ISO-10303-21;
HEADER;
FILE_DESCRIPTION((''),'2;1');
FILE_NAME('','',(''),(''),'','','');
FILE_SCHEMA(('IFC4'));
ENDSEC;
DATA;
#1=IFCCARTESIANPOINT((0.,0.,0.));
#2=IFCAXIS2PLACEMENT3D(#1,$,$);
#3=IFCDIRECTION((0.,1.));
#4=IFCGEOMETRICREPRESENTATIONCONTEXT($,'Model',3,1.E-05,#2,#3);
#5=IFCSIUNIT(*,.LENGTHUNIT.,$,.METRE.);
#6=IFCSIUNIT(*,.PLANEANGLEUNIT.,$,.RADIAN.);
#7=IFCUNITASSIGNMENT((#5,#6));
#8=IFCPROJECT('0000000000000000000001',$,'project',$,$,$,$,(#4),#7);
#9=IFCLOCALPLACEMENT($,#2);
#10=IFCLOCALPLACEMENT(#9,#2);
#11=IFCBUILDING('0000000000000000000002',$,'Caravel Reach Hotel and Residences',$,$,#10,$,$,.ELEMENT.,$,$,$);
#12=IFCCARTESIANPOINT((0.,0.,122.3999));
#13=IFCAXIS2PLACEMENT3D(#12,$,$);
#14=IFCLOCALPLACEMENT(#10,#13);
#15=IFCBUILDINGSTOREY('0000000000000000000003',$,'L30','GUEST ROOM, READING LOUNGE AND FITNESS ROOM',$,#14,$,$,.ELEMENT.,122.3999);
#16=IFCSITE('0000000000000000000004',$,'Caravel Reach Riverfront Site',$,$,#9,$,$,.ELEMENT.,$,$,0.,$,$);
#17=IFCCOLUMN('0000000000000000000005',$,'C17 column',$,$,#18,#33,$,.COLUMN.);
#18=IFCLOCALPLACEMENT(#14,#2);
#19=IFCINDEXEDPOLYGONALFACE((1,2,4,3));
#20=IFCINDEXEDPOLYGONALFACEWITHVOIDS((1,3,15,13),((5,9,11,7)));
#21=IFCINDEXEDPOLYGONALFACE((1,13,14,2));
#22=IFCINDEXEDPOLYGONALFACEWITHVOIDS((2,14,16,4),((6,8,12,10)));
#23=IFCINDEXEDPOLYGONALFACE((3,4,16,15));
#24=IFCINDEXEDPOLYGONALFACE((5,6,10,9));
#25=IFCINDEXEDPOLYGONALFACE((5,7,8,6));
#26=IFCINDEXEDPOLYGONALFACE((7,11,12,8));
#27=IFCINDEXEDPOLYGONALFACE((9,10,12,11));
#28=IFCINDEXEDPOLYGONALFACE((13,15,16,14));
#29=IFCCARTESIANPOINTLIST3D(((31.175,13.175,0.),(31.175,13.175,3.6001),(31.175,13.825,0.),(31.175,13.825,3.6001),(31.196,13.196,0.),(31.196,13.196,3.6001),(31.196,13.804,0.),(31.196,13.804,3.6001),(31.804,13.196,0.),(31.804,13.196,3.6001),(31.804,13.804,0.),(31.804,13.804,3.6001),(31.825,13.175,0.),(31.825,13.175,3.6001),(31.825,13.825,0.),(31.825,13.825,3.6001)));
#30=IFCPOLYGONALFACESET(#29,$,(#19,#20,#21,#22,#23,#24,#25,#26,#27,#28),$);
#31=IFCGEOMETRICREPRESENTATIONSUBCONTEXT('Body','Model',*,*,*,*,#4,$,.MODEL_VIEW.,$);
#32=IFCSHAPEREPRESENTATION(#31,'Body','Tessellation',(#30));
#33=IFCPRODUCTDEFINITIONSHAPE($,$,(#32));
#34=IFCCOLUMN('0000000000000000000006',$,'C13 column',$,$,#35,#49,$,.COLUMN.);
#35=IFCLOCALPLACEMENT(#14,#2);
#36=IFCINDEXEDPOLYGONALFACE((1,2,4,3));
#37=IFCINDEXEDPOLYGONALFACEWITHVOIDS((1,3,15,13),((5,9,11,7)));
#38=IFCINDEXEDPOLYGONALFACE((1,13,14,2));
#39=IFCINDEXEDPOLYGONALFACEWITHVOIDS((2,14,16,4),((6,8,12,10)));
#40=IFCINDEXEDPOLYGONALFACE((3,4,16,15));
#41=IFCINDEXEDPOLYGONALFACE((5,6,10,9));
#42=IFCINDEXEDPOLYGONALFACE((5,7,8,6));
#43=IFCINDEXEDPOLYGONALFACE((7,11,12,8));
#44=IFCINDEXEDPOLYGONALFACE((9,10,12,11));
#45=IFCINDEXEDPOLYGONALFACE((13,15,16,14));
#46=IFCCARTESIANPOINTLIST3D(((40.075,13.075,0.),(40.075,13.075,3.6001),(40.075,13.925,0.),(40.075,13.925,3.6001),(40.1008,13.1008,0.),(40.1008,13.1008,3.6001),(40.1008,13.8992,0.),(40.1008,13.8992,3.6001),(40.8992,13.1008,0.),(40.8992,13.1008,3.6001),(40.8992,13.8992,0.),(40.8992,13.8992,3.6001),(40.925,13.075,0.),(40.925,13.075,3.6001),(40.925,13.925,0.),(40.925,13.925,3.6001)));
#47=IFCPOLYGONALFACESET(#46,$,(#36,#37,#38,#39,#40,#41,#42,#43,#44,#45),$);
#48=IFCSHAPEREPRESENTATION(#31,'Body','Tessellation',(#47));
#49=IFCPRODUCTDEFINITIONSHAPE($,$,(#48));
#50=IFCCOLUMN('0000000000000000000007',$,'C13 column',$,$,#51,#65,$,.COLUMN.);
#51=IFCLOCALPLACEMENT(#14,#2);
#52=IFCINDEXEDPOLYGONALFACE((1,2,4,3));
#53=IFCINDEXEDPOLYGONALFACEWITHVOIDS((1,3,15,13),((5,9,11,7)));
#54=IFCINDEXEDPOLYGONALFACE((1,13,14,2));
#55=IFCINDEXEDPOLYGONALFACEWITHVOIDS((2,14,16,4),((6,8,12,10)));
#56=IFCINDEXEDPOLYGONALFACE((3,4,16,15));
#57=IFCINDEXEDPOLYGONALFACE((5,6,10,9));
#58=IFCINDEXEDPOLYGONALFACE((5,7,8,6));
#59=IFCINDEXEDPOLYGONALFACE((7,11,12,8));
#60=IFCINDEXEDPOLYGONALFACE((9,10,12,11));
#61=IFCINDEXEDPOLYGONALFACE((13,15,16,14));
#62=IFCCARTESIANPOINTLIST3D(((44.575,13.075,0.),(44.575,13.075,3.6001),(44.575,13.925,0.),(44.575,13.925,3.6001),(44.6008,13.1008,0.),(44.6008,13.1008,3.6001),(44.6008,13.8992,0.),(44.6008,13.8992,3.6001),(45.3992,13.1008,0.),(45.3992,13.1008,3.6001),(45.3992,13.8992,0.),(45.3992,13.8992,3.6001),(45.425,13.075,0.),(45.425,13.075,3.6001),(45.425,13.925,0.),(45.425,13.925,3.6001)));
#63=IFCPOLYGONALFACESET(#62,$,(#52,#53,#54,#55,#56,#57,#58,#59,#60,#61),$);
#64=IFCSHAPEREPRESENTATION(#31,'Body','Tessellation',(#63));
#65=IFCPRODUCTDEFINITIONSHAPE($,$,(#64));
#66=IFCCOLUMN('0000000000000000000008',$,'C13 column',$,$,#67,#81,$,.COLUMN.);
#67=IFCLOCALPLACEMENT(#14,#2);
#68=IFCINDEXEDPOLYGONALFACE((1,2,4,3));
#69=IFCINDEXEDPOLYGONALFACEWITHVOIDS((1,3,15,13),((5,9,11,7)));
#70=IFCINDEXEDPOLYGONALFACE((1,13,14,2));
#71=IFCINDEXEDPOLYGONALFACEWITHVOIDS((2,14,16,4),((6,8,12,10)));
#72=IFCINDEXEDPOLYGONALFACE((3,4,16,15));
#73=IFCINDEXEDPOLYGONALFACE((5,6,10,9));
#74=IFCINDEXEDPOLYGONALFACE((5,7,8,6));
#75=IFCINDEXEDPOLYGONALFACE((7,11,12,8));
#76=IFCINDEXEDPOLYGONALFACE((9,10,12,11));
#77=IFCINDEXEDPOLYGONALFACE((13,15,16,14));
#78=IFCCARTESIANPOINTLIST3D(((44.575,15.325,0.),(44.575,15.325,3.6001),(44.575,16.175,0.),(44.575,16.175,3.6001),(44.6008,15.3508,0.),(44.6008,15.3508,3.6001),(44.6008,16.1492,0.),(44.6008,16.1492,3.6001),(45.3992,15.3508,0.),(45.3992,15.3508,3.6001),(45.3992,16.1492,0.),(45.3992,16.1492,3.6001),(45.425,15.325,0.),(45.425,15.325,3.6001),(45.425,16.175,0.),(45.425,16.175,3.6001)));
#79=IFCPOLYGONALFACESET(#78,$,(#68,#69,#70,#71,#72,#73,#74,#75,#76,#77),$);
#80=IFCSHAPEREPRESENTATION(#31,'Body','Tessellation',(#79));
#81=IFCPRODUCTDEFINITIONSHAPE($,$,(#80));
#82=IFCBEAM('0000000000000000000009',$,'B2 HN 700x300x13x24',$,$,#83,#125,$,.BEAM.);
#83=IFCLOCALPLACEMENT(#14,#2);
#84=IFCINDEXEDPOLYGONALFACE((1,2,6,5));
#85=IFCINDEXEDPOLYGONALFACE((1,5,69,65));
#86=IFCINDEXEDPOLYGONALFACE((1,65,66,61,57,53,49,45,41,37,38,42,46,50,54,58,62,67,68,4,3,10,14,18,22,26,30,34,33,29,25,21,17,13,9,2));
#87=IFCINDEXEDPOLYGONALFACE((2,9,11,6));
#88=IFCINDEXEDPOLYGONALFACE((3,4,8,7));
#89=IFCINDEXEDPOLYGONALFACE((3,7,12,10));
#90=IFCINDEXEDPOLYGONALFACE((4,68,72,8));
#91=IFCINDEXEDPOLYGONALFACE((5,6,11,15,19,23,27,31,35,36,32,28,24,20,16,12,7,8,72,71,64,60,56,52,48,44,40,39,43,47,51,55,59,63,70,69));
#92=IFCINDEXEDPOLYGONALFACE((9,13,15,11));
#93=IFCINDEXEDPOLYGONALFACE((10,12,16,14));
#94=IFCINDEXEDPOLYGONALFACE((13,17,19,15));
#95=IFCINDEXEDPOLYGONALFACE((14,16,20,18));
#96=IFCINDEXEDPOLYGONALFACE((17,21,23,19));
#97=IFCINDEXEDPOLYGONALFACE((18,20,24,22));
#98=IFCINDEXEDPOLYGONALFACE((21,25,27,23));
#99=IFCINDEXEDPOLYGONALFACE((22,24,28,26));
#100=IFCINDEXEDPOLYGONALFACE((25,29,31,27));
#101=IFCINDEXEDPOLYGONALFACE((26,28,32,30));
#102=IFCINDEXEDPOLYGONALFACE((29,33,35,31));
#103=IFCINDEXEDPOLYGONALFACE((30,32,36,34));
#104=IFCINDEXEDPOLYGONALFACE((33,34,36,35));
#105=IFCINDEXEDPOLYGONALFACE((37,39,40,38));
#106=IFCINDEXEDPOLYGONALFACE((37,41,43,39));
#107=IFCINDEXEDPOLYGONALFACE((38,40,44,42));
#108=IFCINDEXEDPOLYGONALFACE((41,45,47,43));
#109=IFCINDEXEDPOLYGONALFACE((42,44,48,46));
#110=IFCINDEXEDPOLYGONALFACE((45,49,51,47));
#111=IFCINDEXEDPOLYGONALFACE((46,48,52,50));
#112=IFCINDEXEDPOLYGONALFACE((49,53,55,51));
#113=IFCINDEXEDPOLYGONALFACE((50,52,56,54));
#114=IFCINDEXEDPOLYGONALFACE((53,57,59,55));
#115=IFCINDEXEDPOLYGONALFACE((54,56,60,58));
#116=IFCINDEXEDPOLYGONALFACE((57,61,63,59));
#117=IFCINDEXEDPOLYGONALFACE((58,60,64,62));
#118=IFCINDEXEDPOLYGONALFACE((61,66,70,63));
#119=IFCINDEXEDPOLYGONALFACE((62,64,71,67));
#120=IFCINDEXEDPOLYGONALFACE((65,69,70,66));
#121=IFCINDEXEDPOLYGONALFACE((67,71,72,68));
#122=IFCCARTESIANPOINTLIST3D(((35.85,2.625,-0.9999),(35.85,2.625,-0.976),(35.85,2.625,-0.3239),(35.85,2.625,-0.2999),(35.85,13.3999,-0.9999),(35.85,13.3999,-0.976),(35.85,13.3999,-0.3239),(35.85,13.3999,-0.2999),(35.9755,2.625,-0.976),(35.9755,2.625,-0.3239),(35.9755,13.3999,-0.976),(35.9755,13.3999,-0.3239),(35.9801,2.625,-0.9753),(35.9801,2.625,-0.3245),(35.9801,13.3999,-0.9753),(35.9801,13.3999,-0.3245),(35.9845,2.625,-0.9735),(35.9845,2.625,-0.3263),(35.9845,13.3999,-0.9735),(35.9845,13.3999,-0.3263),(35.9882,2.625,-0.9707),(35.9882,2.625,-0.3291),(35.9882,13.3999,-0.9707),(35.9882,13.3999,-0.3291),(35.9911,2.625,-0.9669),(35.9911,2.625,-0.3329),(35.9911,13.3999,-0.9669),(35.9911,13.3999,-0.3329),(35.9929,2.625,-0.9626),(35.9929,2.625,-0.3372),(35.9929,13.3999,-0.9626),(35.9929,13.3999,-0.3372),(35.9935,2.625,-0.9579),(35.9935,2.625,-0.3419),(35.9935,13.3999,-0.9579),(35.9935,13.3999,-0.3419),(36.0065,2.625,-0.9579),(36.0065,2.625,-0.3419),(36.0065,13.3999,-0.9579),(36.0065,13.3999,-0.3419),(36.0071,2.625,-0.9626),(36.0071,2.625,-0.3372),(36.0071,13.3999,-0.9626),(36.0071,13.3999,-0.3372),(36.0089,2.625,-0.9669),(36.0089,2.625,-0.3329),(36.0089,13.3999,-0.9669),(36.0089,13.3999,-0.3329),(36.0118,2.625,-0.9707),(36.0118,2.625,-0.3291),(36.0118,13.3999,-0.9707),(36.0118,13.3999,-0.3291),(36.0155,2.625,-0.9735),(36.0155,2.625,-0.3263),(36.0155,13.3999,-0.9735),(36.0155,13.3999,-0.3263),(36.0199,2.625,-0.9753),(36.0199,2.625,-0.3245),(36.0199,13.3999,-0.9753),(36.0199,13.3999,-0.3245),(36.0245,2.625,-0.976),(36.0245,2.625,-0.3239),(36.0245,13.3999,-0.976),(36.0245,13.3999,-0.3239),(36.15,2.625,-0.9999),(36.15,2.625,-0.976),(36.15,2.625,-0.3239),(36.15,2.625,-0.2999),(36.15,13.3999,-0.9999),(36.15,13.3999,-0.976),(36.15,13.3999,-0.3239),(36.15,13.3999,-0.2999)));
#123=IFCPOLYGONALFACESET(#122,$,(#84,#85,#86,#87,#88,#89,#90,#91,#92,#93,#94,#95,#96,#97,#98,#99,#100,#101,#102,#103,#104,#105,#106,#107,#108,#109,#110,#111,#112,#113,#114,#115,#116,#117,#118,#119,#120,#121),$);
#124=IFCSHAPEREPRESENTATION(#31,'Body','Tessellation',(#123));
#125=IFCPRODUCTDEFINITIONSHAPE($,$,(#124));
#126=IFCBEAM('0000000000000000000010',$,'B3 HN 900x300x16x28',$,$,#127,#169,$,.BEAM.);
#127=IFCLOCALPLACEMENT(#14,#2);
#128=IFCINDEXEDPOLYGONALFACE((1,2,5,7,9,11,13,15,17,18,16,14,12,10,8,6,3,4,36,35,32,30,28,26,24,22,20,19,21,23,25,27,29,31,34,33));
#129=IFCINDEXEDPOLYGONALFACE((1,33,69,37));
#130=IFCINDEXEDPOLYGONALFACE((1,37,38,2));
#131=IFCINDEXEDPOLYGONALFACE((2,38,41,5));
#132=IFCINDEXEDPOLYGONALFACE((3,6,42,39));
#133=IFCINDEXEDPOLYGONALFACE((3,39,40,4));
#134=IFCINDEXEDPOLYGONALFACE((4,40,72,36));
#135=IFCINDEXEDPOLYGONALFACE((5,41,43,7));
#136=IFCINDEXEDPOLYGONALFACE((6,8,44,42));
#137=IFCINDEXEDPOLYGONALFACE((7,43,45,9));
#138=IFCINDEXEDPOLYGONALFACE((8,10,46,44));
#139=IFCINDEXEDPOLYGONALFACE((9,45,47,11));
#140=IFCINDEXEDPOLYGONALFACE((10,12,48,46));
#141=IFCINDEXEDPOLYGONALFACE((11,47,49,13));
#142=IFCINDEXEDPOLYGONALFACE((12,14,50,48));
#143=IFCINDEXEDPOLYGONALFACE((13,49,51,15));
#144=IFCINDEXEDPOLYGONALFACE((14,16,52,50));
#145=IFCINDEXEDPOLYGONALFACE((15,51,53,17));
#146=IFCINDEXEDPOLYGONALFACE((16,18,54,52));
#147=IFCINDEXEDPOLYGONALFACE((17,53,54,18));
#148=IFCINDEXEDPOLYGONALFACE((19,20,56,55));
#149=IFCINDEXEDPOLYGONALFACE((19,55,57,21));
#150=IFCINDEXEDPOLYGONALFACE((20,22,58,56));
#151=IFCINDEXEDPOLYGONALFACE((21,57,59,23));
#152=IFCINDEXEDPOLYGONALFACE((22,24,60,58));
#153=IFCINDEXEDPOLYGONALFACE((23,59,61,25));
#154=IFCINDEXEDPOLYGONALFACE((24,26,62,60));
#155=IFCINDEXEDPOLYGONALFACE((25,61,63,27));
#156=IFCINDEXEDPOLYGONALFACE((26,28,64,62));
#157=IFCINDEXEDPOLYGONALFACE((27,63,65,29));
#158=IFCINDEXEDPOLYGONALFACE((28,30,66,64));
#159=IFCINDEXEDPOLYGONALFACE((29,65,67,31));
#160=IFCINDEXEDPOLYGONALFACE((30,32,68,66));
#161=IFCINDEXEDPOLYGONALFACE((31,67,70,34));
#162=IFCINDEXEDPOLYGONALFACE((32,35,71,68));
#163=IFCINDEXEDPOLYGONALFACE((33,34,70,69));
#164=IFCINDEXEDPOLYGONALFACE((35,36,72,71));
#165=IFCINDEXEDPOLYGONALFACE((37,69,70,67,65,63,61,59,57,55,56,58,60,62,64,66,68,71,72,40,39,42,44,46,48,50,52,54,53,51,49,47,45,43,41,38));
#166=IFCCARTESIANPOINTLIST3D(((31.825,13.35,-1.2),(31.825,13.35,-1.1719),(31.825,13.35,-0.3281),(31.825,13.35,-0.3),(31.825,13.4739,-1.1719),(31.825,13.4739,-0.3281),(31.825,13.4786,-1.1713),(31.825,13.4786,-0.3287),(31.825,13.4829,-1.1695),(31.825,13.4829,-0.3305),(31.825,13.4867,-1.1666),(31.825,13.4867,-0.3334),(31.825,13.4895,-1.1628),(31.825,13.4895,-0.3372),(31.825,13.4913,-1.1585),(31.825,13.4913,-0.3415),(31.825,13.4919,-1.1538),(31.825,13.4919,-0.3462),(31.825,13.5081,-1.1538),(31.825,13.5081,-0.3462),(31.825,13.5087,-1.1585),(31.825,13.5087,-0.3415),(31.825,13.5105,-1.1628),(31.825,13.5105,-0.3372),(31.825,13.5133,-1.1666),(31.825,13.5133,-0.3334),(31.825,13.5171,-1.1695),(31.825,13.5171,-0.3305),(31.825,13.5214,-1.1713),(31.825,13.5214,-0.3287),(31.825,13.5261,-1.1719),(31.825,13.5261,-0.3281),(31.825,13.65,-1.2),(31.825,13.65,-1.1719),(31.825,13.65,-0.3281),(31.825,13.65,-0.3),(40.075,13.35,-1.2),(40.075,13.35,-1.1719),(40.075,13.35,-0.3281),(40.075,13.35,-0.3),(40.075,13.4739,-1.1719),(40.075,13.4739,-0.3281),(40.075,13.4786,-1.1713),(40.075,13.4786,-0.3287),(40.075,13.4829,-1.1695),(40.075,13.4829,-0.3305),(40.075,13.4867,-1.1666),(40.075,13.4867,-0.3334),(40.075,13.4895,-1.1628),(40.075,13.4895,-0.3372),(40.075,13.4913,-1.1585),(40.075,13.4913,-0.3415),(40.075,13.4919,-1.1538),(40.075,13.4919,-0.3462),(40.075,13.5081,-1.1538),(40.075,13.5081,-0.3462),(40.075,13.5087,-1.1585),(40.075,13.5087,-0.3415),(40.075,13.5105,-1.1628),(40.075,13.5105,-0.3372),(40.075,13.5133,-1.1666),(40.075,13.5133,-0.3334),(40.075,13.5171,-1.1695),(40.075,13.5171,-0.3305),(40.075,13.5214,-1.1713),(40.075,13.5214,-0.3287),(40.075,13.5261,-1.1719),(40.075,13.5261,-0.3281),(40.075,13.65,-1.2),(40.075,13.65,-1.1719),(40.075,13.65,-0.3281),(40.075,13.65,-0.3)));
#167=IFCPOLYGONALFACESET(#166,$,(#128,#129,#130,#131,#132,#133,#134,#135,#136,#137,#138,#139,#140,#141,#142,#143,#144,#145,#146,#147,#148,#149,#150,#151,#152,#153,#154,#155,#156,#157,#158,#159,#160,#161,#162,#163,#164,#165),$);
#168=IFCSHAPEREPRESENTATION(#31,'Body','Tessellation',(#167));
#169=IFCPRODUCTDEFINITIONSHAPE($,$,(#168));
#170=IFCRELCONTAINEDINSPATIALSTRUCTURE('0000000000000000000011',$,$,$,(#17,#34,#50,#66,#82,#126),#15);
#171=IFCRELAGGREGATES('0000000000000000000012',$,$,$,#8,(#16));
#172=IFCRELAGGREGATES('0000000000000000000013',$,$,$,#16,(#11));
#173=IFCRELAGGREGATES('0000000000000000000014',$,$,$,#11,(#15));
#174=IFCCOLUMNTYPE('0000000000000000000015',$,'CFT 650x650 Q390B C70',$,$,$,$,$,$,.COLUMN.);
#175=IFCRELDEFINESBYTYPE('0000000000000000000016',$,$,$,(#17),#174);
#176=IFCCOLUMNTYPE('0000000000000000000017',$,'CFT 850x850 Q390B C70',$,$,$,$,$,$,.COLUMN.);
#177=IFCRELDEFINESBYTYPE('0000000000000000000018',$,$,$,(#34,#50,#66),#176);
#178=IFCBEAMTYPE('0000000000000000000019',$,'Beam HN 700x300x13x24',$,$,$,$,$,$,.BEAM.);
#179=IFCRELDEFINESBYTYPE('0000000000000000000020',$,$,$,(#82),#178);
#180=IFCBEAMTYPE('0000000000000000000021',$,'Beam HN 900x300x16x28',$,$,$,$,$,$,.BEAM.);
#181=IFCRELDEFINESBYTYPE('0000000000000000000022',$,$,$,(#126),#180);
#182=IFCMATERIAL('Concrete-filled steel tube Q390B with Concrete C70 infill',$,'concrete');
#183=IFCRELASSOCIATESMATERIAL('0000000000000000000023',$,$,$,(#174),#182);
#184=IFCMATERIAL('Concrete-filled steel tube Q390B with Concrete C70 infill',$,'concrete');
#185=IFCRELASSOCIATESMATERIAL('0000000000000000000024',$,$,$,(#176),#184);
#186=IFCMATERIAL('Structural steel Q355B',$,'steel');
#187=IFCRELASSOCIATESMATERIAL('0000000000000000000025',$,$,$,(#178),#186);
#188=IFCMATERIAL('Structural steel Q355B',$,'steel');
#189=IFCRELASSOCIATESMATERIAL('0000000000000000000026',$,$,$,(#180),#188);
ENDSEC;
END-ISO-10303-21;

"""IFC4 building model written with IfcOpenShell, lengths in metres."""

from ifc_helpers import new_model, si_unit, direction, frame, origin, origin_2d, place, context, subcontext, project, spatial, hollow_rectangle, i_section, extrude, material, material_profile, profile_set, type_object, element, save


model = new_model("IFC4")

# Units and contexts
model_context = context("Model", 3, precision=1e-05, world=origin(), true_north=direction((0.0, 1.0)))
body_context = subcontext(model_context, "Body", "Model", "MODEL_VIEW")
ifc_project = project(units=[si_unit("LENGTHUNIT", "METRE"), si_unit("PLANEANGLEUNIT", "RADIAN")], contexts=[model_context])

# Site, building, storey
site_placement = place(None, origin())
site = spatial("IfcSite", under=ifc_project, at=site_placement, Name="Caravel Reach Riverfront Site", CompositionType="ELEMENT", RefElevation=0.0)
building_placement = place(site_placement, origin())
building = spatial("IfcBuilding", under=site, at=building_placement, Name="Caravel Reach Hotel and Residences", CompositionType="ELEMENT")
storey_placement = place(building_placement, frame((0.0, 0.0, 122.3999)))
storey = spatial("IfcBuildingStorey", under=building, at=storey_placement, Name="L30", Description="GUEST ROOM, READING LOUNGE AND FITNESS ROOM", CompositionType="ELEMENT", Elevation=122.3999)

# Columns
ifc_material_1 = material(Name="Concrete-filled steel tube Q390B with Concrete C70 infill", Category="concrete")
ifc_material_profile_1 = material_profile(ifc_material_1, hollow_rectangle(XDim=0.6499, YDim=0.6499, WallThickness=0.021, at=origin_2d()), Name="RHS 650x650x21")
ifc_profile_set_1 = profile_set([ifc_material_profile_1], Name="Concrete-filled steel tube Q390B with Concrete C70 infill")
column_type_1 = type_object("IfcColumnType", Name="CFT 650x650 Q390B C70", PredefinedType="COLUMN", material=ifc_profile_set_1)
column_placement = place(storey_placement, frame((31.5, 13.5, 0.0), z_axis=(0.0, 0.0, 1.0), x_axis=(1.0, 0.0, 0.0)))
element("IfcColumn", 1, at=column_placement, inside=storey, type_object=column_type_1, Name="C17 column", PredefinedType="COLUMN", context=body_context, shape_type="SweptSolid", body=[
    extrude(hollow_rectangle(XDim=0.6499, YDim=0.6499, WallThickness=0.021, at=origin_2d()), origin(), (0.0, 0.0, 1.0), 3.6001),
])
ifc_material_2 = material(Name="Concrete-filled steel tube Q390B with Concrete C70 infill", Category="concrete")
ifc_material_profile_2 = material_profile(ifc_material_2, hollow_rectangle(XDim=0.8501, YDim=0.8501, WallThickness=0.0259, at=origin_2d()), Name="RHS 850x850x26")
ifc_profile_set_2 = profile_set([ifc_material_profile_2], Name="Concrete-filled steel tube Q390B with Concrete C70 infill")
column_type_2 = type_object("IfcColumnType", Name="CFT 850x850 Q390B C70", PredefinedType="COLUMN", material=ifc_profile_set_2)
for number, where, z_axis, x_axis, name in (
    (2, (40.5, 13.5, 0.0), (0.0, 0.0, 1.0), (1.0, 0.0, 0.0), "C13 column"),
    (3, (45.0, 13.5, 0.0), (0.0, 0.0, 1.0), (1.0, 0.0, 0.0), "C13 column"),
    (4, (45.0, 15.75, 0.0), (0.0, 0.0, 1.0), (1.0, 0.0, 0.0), "C13 column"),
):
    element("IfcColumn", number, at=place(storey_placement, frame(where, z_axis=z_axis, x_axis=x_axis)), inside=storey, type_object=column_type_2, Name=name, PredefinedType="COLUMN", context=body_context, shape_type="SweptSolid", body=[
        extrude(hollow_rectangle(XDim=0.8501, YDim=0.8501, WallThickness=0.0259, at=origin_2d()), origin(), (0.0, 0.0, 1.0), 3.6001),
    ])

# Beams
ifc_material_3 = material(Name="Structural steel Q355B", Category="steel")
ifc_material_profile_3 = material_profile(ifc_material_3, i_section(OverallWidth=0.3, OverallDepth=0.7, WebThickness=0.0129, FlangeThickness=0.0239, FilletRadius=0.0181, at=origin_2d()), Name="HN 700x300x13x24")
ifc_profile_set_3 = profile_set([ifc_material_profile_3], Name="Structural steel Q355B")
beam_type_1 = type_object("IfcBeamType", Name="Beam HN 700x300x13x24", PredefinedType="BEAM", material=ifc_profile_set_3)
beam_1_placement = place(storey_placement, frame((36.0, 13.3999, -0.6499), z_axis=(0.0, -1.0, 0.0), x_axis=(1.0, 0.0, 0.0)))
element("IfcBeam", 5, at=beam_1_placement, inside=storey, type_object=beam_type_1, Name="B2 HN 700x300x13x24", PredefinedType="BEAM", context=body_context, shape_type="SweptSolid", body=[
    extrude(i_section(OverallWidth=0.3, OverallDepth=0.7, WebThickness=0.0129, FlangeThickness=0.0239, FilletRadius=0.0181, at=origin_2d()), origin(), (0.0, 0.0, 1.0), 10.7749),
])
ifc_material_4 = material(Name="Structural steel Q355B", Category="steel")
ifc_material_profile_4 = material_profile(ifc_material_4, i_section(OverallWidth=0.3, OverallDepth=0.8999, WebThickness=0.0161, FlangeThickness=0.0281, FilletRadius=0.0181, at=origin_2d()), Name="HN 900x300x16x28")
ifc_profile_set_4 = profile_set([ifc_material_profile_4], Name="Structural steel Q355B")
beam_type_2 = type_object("IfcBeamType", Name="Beam HN 900x300x16x28", PredefinedType="BEAM", material=ifc_profile_set_4)
beam_2_placement = place(storey_placement, frame((31.825, 13.5, -0.75), z_axis=(1.0, 0.0, 0.0), x_axis=(0.0, 1.0, 0.0)))
element("IfcBeam", 6, at=beam_2_placement, inside=storey, type_object=beam_type_2, Name="B3 HN 900x300x16x28", PredefinedType="BEAM", context=body_context, shape_type="SweptSolid", body=[
    extrude(i_section(OverallWidth=0.3, OverallDepth=0.8999, WebThickness=0.0161, FlangeThickness=0.0281, FilletRadius=0.0181, at=origin_2d()), origin(), (0.0, 0.0, 1.0), 8.25),
])

save(model, "model.ifc")
